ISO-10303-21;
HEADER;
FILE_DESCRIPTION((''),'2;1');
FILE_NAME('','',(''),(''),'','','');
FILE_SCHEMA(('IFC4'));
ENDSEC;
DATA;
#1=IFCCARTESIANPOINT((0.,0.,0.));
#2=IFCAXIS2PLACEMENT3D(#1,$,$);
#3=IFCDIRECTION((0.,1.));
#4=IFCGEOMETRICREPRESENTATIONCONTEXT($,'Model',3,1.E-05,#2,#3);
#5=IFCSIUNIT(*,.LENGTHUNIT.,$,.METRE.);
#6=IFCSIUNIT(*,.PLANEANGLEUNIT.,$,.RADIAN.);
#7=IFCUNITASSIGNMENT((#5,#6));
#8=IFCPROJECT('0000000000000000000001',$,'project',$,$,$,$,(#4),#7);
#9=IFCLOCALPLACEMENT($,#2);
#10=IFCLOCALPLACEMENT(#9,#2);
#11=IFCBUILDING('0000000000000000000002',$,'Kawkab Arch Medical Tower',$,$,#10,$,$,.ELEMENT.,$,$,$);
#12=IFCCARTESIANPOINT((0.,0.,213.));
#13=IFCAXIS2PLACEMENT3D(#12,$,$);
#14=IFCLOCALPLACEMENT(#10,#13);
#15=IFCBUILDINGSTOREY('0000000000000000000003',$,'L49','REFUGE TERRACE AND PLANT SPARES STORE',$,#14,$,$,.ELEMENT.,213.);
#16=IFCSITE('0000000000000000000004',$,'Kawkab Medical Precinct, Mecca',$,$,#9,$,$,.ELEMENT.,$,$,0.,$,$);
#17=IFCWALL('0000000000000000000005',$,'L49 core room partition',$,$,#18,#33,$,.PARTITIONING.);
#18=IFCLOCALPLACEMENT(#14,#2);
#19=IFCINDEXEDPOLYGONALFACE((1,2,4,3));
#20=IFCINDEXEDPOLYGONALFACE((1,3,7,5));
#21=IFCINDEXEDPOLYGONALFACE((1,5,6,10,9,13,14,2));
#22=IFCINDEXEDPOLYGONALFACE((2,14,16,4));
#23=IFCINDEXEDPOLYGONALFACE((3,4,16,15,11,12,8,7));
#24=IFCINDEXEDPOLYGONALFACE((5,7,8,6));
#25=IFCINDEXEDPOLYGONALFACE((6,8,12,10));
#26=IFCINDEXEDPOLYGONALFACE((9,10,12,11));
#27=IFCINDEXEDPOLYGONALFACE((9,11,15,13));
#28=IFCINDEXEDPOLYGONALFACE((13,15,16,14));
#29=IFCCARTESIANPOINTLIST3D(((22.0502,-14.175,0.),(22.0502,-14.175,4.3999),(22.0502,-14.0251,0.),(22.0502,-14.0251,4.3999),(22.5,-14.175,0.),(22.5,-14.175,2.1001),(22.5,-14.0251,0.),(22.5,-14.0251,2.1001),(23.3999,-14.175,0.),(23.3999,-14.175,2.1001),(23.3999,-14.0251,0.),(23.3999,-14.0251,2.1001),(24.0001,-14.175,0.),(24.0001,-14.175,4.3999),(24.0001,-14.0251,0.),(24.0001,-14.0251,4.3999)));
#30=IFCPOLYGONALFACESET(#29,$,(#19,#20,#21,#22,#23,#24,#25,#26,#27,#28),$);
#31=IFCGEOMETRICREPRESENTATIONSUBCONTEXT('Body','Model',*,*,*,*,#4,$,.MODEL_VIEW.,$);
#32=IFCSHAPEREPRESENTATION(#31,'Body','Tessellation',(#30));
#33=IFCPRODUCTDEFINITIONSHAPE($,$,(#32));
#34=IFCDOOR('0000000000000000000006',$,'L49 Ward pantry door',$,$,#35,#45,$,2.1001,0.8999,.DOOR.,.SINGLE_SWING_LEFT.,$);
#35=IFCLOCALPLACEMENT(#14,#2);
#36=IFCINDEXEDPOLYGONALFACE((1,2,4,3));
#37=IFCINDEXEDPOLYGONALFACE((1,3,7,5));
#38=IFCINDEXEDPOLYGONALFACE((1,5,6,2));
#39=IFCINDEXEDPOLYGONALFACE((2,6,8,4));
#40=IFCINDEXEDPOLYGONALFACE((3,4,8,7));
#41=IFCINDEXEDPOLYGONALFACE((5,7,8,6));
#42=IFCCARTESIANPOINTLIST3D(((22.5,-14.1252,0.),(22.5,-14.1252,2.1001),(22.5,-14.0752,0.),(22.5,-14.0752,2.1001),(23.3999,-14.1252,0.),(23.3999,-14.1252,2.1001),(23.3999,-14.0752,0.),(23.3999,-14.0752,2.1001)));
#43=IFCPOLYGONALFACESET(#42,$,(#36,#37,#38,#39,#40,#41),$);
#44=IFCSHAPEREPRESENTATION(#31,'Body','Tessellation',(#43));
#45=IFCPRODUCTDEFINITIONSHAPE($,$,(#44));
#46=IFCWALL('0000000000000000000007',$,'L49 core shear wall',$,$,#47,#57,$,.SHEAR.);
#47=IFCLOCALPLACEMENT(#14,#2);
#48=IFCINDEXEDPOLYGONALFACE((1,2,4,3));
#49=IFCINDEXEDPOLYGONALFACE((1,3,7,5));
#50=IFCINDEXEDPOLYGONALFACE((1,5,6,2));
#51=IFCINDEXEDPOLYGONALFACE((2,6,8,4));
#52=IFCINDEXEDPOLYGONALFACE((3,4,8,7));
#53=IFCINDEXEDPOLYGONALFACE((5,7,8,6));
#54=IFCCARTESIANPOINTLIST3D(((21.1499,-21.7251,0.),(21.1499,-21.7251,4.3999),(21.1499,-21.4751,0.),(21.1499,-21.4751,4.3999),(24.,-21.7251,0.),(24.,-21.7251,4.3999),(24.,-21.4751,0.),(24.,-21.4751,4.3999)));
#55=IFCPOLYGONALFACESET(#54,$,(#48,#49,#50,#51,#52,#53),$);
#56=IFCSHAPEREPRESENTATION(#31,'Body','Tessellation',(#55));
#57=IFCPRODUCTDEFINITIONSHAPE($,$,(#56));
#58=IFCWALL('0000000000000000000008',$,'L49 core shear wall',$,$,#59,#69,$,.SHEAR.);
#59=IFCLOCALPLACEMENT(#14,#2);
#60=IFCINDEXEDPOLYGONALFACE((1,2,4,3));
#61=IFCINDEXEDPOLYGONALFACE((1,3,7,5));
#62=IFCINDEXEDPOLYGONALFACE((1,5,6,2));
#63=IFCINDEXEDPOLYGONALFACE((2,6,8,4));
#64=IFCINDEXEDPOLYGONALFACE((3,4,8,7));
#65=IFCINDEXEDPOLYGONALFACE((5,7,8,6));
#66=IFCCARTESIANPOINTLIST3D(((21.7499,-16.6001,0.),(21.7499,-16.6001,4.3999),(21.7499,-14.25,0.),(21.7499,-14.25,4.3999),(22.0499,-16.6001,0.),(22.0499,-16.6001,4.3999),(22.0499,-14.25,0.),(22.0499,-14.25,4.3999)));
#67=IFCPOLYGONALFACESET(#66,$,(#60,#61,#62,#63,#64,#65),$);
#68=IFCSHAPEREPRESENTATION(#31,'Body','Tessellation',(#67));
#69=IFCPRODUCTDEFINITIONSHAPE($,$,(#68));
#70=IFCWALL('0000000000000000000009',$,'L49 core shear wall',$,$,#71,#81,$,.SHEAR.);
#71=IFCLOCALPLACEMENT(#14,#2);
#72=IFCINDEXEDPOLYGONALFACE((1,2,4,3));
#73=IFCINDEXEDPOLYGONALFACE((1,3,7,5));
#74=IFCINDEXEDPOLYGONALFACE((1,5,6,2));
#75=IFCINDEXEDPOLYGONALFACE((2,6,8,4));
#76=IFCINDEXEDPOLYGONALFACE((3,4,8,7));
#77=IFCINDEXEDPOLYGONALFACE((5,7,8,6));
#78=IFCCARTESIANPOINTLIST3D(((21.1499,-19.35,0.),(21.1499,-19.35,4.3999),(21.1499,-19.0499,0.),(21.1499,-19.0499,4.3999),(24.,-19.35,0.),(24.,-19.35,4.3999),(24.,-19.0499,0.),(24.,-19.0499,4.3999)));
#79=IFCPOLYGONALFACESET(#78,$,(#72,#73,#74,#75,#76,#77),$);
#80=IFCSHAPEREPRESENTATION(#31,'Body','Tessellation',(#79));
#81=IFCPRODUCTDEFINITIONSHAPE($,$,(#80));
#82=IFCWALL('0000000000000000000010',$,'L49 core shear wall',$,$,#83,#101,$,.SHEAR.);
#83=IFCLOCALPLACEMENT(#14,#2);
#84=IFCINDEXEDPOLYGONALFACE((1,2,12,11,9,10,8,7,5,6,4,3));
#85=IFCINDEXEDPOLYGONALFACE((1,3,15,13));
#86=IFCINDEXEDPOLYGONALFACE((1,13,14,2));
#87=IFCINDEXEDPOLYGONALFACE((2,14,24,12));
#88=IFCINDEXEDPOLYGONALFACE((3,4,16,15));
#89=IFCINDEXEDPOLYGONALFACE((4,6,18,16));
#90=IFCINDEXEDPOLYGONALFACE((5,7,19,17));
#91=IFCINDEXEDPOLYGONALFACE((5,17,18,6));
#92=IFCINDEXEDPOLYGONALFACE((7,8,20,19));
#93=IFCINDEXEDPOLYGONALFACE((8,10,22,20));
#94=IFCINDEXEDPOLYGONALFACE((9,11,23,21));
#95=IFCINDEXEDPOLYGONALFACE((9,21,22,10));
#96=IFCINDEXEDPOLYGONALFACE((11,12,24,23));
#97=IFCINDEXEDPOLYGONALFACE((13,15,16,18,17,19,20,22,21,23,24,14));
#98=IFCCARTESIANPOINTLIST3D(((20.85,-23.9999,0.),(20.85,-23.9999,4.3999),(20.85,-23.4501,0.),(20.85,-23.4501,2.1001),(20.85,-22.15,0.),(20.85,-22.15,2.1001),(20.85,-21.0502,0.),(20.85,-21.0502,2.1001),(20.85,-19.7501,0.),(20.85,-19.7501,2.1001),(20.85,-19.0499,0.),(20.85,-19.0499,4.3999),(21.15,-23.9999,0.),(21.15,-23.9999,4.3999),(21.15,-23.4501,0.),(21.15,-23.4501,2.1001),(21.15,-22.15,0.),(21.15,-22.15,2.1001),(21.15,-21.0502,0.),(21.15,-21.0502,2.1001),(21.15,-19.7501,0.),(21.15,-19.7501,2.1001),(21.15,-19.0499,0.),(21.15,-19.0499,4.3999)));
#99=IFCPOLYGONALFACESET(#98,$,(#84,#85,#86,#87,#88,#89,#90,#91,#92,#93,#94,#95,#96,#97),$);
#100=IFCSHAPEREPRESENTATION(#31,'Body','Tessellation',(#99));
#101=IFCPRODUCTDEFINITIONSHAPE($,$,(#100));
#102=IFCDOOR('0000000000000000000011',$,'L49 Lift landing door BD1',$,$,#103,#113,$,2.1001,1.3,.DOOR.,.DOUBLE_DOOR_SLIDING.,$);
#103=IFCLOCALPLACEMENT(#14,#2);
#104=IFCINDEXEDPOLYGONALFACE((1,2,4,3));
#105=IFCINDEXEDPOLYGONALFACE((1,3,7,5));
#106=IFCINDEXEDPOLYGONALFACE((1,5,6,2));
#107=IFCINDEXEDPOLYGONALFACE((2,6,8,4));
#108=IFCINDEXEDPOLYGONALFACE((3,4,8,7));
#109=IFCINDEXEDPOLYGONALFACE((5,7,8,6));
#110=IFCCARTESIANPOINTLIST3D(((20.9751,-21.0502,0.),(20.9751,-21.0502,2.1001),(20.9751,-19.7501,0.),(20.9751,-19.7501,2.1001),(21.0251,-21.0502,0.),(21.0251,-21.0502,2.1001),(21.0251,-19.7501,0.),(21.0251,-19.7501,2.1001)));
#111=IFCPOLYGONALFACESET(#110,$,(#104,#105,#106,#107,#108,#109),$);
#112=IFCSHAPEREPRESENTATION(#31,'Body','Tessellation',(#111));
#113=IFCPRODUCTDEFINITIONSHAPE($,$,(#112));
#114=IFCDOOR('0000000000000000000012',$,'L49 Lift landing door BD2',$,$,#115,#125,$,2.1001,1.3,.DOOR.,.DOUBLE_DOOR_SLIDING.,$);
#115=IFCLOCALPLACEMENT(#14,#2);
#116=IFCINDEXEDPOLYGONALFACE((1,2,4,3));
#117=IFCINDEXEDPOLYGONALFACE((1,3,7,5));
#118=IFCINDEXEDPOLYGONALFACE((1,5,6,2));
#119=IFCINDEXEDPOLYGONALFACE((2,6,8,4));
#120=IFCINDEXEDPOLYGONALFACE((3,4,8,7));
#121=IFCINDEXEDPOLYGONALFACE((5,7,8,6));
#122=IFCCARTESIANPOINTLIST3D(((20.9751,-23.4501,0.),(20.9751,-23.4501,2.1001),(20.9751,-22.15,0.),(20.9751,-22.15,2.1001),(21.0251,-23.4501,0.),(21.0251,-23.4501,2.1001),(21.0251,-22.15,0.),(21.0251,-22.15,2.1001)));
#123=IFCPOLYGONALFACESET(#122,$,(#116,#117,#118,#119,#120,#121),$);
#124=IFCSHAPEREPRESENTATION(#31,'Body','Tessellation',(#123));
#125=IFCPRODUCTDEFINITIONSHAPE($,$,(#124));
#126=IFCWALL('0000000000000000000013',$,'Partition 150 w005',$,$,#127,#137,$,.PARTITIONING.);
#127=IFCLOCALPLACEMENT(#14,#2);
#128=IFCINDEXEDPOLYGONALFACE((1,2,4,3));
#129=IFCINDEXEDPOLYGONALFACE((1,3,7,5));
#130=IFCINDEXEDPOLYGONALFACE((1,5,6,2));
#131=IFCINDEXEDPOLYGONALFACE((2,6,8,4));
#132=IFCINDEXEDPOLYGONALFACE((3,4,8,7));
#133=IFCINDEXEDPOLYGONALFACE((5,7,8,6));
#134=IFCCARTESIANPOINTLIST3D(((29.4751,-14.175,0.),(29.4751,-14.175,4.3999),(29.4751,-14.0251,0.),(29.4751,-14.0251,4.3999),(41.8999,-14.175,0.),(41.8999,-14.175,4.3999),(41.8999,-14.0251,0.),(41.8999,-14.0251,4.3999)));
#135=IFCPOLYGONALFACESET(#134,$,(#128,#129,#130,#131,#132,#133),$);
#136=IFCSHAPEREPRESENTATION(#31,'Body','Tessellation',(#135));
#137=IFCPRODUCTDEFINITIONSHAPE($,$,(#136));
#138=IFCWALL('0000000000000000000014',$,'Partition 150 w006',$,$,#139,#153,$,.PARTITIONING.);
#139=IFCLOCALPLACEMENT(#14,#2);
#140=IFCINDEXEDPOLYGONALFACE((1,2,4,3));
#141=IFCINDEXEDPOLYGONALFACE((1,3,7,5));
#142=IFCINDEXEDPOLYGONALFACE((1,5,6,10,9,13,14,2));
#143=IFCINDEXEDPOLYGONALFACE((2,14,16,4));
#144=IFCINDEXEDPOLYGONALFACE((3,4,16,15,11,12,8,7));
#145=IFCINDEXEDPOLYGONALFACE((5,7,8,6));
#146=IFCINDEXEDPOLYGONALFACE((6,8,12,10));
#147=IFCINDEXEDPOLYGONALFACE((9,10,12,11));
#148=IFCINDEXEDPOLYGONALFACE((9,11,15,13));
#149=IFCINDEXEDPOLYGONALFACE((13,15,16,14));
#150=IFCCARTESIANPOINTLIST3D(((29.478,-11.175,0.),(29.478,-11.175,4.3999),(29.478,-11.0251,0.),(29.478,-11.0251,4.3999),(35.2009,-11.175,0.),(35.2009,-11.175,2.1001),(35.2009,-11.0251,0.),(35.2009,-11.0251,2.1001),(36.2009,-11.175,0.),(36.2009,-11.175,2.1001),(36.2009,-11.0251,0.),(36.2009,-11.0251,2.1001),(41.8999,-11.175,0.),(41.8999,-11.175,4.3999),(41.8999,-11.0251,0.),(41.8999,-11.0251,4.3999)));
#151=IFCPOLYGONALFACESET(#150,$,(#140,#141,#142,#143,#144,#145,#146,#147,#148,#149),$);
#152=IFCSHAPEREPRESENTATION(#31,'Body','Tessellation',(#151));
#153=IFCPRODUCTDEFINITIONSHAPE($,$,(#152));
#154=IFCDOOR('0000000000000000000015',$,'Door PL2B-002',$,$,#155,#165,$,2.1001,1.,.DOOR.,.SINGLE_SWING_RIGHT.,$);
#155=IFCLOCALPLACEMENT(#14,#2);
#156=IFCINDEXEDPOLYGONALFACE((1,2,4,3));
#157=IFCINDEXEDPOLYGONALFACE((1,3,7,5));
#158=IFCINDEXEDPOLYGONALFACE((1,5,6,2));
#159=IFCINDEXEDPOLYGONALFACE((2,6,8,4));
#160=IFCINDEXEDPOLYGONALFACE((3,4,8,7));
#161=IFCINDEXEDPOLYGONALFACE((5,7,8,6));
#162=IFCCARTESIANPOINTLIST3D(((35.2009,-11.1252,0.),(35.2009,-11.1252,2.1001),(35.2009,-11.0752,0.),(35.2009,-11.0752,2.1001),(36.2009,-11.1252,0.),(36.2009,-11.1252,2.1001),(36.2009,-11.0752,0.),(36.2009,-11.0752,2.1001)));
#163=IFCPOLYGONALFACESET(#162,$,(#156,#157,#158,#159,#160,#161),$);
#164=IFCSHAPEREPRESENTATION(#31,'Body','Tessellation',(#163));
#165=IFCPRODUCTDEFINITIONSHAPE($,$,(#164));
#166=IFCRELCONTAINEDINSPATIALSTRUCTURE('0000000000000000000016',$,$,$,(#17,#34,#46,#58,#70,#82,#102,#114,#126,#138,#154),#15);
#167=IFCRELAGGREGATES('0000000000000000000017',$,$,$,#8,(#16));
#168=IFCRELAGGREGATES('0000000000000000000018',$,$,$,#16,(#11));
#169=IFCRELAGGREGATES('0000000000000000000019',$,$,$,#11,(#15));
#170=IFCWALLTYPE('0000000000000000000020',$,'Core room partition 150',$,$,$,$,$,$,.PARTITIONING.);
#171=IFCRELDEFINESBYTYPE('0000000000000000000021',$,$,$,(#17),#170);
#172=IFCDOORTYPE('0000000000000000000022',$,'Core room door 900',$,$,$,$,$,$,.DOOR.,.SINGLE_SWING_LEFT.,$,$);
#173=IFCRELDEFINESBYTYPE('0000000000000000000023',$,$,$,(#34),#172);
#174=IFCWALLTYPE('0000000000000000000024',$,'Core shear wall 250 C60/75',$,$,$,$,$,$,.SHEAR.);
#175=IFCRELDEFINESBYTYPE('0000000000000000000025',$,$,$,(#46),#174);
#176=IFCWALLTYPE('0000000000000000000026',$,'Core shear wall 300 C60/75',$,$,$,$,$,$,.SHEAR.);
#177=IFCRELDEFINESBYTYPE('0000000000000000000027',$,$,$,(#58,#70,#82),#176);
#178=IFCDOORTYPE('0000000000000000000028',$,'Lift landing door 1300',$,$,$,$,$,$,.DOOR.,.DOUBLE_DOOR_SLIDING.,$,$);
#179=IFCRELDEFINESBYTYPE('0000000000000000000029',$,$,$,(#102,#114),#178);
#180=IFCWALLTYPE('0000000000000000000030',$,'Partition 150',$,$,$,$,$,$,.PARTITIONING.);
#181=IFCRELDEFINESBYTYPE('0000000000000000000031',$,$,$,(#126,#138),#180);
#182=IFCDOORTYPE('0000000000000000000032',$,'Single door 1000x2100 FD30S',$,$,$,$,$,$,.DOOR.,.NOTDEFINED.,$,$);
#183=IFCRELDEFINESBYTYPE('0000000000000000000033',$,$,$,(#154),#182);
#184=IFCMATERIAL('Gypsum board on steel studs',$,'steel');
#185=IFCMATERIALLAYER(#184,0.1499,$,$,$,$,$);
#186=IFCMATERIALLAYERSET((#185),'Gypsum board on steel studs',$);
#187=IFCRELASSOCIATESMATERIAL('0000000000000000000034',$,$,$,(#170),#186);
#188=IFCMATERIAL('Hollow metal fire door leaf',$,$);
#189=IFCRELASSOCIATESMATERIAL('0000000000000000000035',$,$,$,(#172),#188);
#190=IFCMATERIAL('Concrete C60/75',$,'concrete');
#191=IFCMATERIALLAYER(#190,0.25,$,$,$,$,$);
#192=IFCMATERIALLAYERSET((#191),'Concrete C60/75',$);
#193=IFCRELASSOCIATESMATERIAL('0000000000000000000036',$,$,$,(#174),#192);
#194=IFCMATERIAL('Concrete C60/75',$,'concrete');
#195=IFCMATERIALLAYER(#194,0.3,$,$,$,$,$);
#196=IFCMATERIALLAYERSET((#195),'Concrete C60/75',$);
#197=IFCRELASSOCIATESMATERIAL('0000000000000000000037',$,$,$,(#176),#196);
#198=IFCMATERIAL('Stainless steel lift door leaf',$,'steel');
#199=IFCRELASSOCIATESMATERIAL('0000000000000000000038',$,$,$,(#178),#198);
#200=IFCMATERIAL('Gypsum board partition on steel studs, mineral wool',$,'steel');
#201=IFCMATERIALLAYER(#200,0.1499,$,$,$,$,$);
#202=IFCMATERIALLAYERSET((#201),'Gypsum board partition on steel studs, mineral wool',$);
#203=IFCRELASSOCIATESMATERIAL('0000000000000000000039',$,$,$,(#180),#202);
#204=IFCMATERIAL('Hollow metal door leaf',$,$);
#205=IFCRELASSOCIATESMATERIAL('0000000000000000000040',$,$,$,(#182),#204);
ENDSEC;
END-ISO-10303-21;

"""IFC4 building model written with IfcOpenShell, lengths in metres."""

from ifc_helpers import new_model, si_unit, direction, frame, frame_2d, origin, place, context, subcontext, project, spatial, rectangle, extrude, material, layer, layer_set, type_object, element, fill, save


model = new_model("IFC4")

# Units and contexts
model_context = context("Model", 3, precision=1e-05, world=origin(), true_north=direction((0.0, 1.0)))
body_context = subcontext(model_context, "Body", "Model", "MODEL_VIEW")
ifc_project = project(units=[si_unit("LENGTHUNIT", "METRE"), si_unit("PLANEANGLEUNIT", "RADIAN")], contexts=[model_context])

# Site, building, storey
site_placement = place(None, origin())
site = spatial("IfcSite", under=ifc_project, at=site_placement, Name="Kawkab Medical Precinct, Mecca", CompositionType="ELEMENT", RefElevation=0.0)
building_placement = place(site_placement, origin())
building = spatial("IfcBuilding", under=site, at=building_placement, Name="Kawkab Arch Medical Tower", CompositionType="ELEMENT")
storey_placement = place(building_placement, frame((0.0, 0.0, 213.0)))
storey = spatial("IfcBuildingStorey", under=building, at=storey_placement, Name="L49", Description="REFUGE TERRACE AND PLANT SPARES STORE", CompositionType="ELEMENT", Elevation=213.0)

# Shared definitions
ifc_material_1 = material(Name="Gypsum board on steel studs", Category="steel")
ifc_layer_1 = layer(ifc_material_1, 0.1499)
ifc_layer_set_1 = layer_set([ifc_layer_1], Name="Gypsum board on steel studs")
wall_type_1 = type_object("IfcWallType", Name="Core room partition 150", PredefinedType="PARTITIONING", material=ifc_layer_set_1)

# Wall, opening, door
wall_1_placement = place(storey_placement, frame((22.05, -14.1001, 0.0), z_axis=(0.0, 0.0, 1.0), x_axis=(1.0, 0.0, 0.0)))
wall_1 = element("IfcWall", 1, at=wall_1_placement, inside=storey, type_object=wall_type_1, Name="L49 core room partition", PredefinedType="PARTITIONING", context=body_context, shape_type="SweptSolid", body=[
    extrude(rectangle(XDim=1.95, YDim=0.1499, at=frame_2d((0.9751, 0.0))), origin(), (0.0, 0.0, 1.0), 4.3999),
])
opening_1_placement = place(wall_1_placement, frame((0.45, 0.0, 0.0)))
opening_1 = element("IfcOpeningElement", 2, at=opening_1_placement, cuts=wall_1, PredefinedType="OPENING", context=body_context, shape_type="SweptSolid", body=[
    extrude(rectangle(XDim=0.8999, YDim=2.1001, at=frame_2d((0.45, 1.05))), frame((0.0, 0.085, 0.0), z_axis=(0.0, -1.0, 0.0), x_axis=(1.0, 0.0, 0.0)), (0.0, 0.0, 1.0), 0.1699),
])
ifc_material_2 = material(Name="Hollow metal fire door leaf")
door_type_1 = type_object("IfcDoorType", Name="Core room door 900", OperationType="SINGLE_SWING_LEFT", PredefinedType="DOOR", material=ifc_material_2)
door_1_placement = place(opening_1_placement, origin())
door_1 = element("IfcDoor", 3, at=door_1_placement, inside=storey, type_object=door_type_1, Name="L49 Ward pantry door", OperationType="SINGLE_SWING_LEFT", OverallHeight=2.1001, OverallWidth=0.8999, PredefinedType="DOOR", context=body_context, shape_type="SweptSolid", body=[
    extrude(rectangle(XDim=0.8999, YDim=2.1001, at=frame_2d((0.45, 1.05))), frame((0.0, 0.0249, 0.0), z_axis=(0.0, -1.0, 0.0), x_axis=(1.0, 0.0, 0.0)), (0.0, 0.0, 1.0), 0.05),
])
fill(opening_1, door_1)

# Walls
ifc_material_3 = material(Name="Concrete C60/75", Category="concrete")
ifc_layer_2 = layer(ifc_material_3, 0.25)
ifc_layer_set_2 = layer_set([ifc_layer_2], Name="Concrete C60/75")
wall_type_2 = type_object("IfcWallType", Name="Core shear wall 250 C60/75", PredefinedType="SHEAR", material=ifc_layer_set_2)
wall_2_placement = place(storey_placement, frame((21.1499, -21.6001, 0.0), z_axis=(0.0, 0.0, 1.0), x_axis=(1.0, 0.0, 0.0)))
element("IfcWall", 4, at=wall_2_placement, inside=storey, type_object=wall_type_2, Name="L49 core shear wall", PredefinedType="SHEAR", context=body_context, shape_type="SweptSolid", body=[
    extrude(rectangle(XDim=2.8501, YDim=0.25, at=frame_2d((1.425, 0.0))), origin(), (0.0, 0.0, 1.0), 4.3999),
])
ifc_material_4 = material(Name="Concrete C60/75", Category="concrete")
ifc_layer_3 = layer(ifc_material_4, 0.3)
ifc_layer_set_3 = layer_set([ifc_layer_3], Name="Concrete C60/75")
wall_type_3 = type_object("IfcWallType", Name="Core shear wall 300 C60/75", PredefinedType="SHEAR", material=ifc_layer_set_3)
wall_3_placement = place(storey_placement, frame((21.8999, -16.6001, 0.0), z_axis=(0.0, 0.0, 1.0), x_axis=(0.0, 1.0, 0.0)))
element("IfcWall", 5, at=wall_3_placement, inside=storey, type_object=wall_type_3, Name="L49 core shear wall", PredefinedType="SHEAR", context=body_context, shape_type="SweptSolid", body=[
    extrude(rectangle(XDim=2.3501, YDim=0.3, at=frame_2d((1.175, 0.0))), origin(), (0.0, 0.0, 1.0), 4.3999),
])
wall_4_placement = place(storey_placement, frame((21.1499, -19.2, 0.0), z_axis=(0.0, 0.0, 1.0), x_axis=(1.0, 0.0, 0.0)))
element("IfcWall", 6, at=wall_4_placement, inside=storey, type_object=wall_type_3, Name="L49 core shear wall", PredefinedType="SHEAR", context=body_context, shape_type="SweptSolid", body=[
    extrude(rectangle(XDim=2.8501, YDim=0.3, at=frame_2d((1.425, 0.0))), origin(), (0.0, 0.0, 1.0), 4.3999),
])

# Wall, openings, doors
wall_5_placement = place(storey_placement, frame((21.0, -24.0, 0.0), z_axis=(0.0, 0.0, 1.0), x_axis=(0.0, 1.0, 0.0)))
wall_5 = element("IfcWall", 7, at=wall_5_placement, inside=storey, type_object=wall_type_3, Name="L49 core shear wall", PredefinedType="SHEAR", context=body_context, shape_type="SweptSolid", body=[
    extrude(rectangle(XDim=4.95, YDim=0.3, at=frame_2d((2.4751, 0.0))), origin(), (0.0, 0.0, 1.0), 4.3999),
])
opening_2_placement = place(wall_5_placement, frame((2.95, 0.0, 0.0)))
opening_2 = element("IfcOpeningElement", 8, at=opening_2_placement, cuts=wall_5, PredefinedType="OPENING", context=body_context, shape_type="SweptSolid", body=[
    extrude(rectangle(XDim=1.3, YDim=2.1001, at=frame_2d((0.6499, 1.05))), frame((0.0, 0.1599, 0.0), z_axis=(0.0, -1.0, 0.0), x_axis=(1.0, 0.0, 0.0)), (0.0, 0.0, 1.0), 0.3201),
])
opening_3_placement = place(wall_5_placement, frame((0.55, 0.0, 0.0)))
opening_3 = element("IfcOpeningElement", 9, at=opening_3_placement, cuts=wall_5, PredefinedType="OPENING", context=body_context, shape_type="SweptSolid", body=[
    extrude(rectangle(XDim=1.3, YDim=2.1001, at=frame_2d((0.6499, 1.05))), frame((0.0, 0.1599, 0.0), z_axis=(0.0, -1.0, 0.0), x_axis=(1.0, 0.0, 0.0)), (0.0, 0.0, 1.0), 0.3201),
])
ifc_material_5 = material(Name="Stainless steel lift door leaf", Category="steel")
door_type_2 = type_object("IfcDoorType", Name="Lift landing door 1300", OperationType="DOUBLE_DOOR_SLIDING", PredefinedType="DOOR", material=ifc_material_5)
door_2_placement = place(opening_2_placement, origin())
door_2 = element("IfcDoor", 10, at=door_2_placement, inside=storey, type_object=door_type_2, Name="L49 Lift landing door BD1", OperationType="DOUBLE_DOOR_SLIDING", OverallHeight=2.1001, OverallWidth=1.3, PredefinedType="DOOR", context=body_context, shape_type="SweptSolid", body=[
    extrude(rectangle(XDim=1.3, YDim=2.1001, at=frame_2d((0.6499, 1.05))), frame((0.0, 0.0249, 0.0), z_axis=(0.0, -1.0, 0.0), x_axis=(1.0, 0.0, 0.0)), (0.0, 0.0, 1.0), 0.05),
])
fill(opening_2, door_2)
door_3_placement = place(opening_3_placement, origin())
door_3 = element("IfcDoor", 11, at=door_3_placement, inside=storey, type_object=door_type_2, Name="L49 Lift landing door BD2", OperationType="DOUBLE_DOOR_SLIDING", OverallHeight=2.1001, OverallWidth=1.3, PredefinedType="DOOR", context=body_context, shape_type="SweptSolid", body=[
    extrude(rectangle(XDim=1.3, YDim=2.1001, at=frame_2d((0.6499, 1.05))), frame((0.0, 0.0249, 0.0), z_axis=(0.0, -1.0, 0.0), x_axis=(1.0, 0.0, 0.0)), (0.0, 0.0, 1.0), 0.05),
])
fill(opening_3, door_3)

# Wall
ifc_material_6 = material(Name="Gypsum board partition on steel studs, mineral wool", Category="steel")
ifc_layer_4 = layer(ifc_material_6, 0.1499)
ifc_layer_set_4 = layer_set([ifc_layer_4], Name="Gypsum board partition on steel studs, mineral wool")
wall_type_4 = type_object("IfcWallType", Name="Partition 150", PredefinedType="PARTITIONING", material=ifc_layer_set_4)
wall_6_placement = place(storey_placement, frame((29.4751, -14.1001, 0.0), z_axis=(0.0, 0.0, 1.0), x_axis=(1.0, 0.0, 0.0)))
element("IfcWall", 12, at=wall_6_placement, inside=storey, type_object=wall_type_4, Name="Partition 150 w005", PredefinedType="PARTITIONING", context=body_context, shape_type="SweptSolid", body=[
    extrude(rectangle(XDim=12.4248, YDim=0.1499, at=frame_2d((6.2124, 0.0))), origin(), (0.0, 0.0, 1.0), 4.3999),
])

# Wall, opening, door
wall_7_placement = place(storey_placement, frame((29.478, -11.1001, 0.0), z_axis=(0.0, 0.0, 1.0), x_axis=(1.0, 0.0, 0.0)))
wall_7 = element("IfcWall", 13, at=wall_7_placement, inside=storey, type_object=wall_type_4, Name="Partition 150 w006", PredefinedType="PARTITIONING", context=body_context, shape_type="SweptSolid", body=[
    extrude(rectangle(XDim=12.4219, YDim=0.1499, at=frame_2d((6.2109, 0.0))), origin(), (0.0, 0.0, 1.0), 4.3999),
])
opening_4_placement = place(wall_7_placement, frame((5.7229, 0.0, 0.0)))
opening_4 = element("IfcOpeningElement", 14, at=opening_4_placement, cuts=wall_7, PredefinedType="OPENING", context=body_context, shape_type="SweptSolid", body=[
    extrude(rectangle(XDim=1.0, YDim=2.1001, at=frame_2d((0.5, 1.05))), frame((0.0, 0.085, 0.0), z_axis=(0.0, -1.0, 0.0), x_axis=(1.0, 0.0, 0.0)), (0.0, 0.0, 1.0), 0.1699),
])
ifc_material_7 = material(Name="Hollow metal door leaf")
door_type_3 = type_object("IfcDoorType", Name="Single door 1000x2100 FD30S", OperationType="NOTDEFINED", PredefinedType="DOOR", material=ifc_material_7)
door_4_placement = place(opening_4_placement, origin())
door_4 = element("IfcDoor", 15, at=door_4_placement, inside=storey, type_object=door_type_3, Name="Door PL2B-002", OperationType="SINGLE_SWING_RIGHT", OverallHeight=2.1001, OverallWidth=1.0, PredefinedType="DOOR", context=body_context, shape_type="SweptSolid", body=[
    extrude(rectangle(XDim=1.0, YDim=2.1001, at=frame_2d((0.5, 1.05))), frame((0.0, 0.0249, 0.0), z_axis=(0.0, -1.0, 0.0), x_axis=(1.0, 0.0, 0.0)), (0.0, 0.0, 1.0), 0.05),
])
fill(opening_4, door_4)

save(model, "model.ifc")
